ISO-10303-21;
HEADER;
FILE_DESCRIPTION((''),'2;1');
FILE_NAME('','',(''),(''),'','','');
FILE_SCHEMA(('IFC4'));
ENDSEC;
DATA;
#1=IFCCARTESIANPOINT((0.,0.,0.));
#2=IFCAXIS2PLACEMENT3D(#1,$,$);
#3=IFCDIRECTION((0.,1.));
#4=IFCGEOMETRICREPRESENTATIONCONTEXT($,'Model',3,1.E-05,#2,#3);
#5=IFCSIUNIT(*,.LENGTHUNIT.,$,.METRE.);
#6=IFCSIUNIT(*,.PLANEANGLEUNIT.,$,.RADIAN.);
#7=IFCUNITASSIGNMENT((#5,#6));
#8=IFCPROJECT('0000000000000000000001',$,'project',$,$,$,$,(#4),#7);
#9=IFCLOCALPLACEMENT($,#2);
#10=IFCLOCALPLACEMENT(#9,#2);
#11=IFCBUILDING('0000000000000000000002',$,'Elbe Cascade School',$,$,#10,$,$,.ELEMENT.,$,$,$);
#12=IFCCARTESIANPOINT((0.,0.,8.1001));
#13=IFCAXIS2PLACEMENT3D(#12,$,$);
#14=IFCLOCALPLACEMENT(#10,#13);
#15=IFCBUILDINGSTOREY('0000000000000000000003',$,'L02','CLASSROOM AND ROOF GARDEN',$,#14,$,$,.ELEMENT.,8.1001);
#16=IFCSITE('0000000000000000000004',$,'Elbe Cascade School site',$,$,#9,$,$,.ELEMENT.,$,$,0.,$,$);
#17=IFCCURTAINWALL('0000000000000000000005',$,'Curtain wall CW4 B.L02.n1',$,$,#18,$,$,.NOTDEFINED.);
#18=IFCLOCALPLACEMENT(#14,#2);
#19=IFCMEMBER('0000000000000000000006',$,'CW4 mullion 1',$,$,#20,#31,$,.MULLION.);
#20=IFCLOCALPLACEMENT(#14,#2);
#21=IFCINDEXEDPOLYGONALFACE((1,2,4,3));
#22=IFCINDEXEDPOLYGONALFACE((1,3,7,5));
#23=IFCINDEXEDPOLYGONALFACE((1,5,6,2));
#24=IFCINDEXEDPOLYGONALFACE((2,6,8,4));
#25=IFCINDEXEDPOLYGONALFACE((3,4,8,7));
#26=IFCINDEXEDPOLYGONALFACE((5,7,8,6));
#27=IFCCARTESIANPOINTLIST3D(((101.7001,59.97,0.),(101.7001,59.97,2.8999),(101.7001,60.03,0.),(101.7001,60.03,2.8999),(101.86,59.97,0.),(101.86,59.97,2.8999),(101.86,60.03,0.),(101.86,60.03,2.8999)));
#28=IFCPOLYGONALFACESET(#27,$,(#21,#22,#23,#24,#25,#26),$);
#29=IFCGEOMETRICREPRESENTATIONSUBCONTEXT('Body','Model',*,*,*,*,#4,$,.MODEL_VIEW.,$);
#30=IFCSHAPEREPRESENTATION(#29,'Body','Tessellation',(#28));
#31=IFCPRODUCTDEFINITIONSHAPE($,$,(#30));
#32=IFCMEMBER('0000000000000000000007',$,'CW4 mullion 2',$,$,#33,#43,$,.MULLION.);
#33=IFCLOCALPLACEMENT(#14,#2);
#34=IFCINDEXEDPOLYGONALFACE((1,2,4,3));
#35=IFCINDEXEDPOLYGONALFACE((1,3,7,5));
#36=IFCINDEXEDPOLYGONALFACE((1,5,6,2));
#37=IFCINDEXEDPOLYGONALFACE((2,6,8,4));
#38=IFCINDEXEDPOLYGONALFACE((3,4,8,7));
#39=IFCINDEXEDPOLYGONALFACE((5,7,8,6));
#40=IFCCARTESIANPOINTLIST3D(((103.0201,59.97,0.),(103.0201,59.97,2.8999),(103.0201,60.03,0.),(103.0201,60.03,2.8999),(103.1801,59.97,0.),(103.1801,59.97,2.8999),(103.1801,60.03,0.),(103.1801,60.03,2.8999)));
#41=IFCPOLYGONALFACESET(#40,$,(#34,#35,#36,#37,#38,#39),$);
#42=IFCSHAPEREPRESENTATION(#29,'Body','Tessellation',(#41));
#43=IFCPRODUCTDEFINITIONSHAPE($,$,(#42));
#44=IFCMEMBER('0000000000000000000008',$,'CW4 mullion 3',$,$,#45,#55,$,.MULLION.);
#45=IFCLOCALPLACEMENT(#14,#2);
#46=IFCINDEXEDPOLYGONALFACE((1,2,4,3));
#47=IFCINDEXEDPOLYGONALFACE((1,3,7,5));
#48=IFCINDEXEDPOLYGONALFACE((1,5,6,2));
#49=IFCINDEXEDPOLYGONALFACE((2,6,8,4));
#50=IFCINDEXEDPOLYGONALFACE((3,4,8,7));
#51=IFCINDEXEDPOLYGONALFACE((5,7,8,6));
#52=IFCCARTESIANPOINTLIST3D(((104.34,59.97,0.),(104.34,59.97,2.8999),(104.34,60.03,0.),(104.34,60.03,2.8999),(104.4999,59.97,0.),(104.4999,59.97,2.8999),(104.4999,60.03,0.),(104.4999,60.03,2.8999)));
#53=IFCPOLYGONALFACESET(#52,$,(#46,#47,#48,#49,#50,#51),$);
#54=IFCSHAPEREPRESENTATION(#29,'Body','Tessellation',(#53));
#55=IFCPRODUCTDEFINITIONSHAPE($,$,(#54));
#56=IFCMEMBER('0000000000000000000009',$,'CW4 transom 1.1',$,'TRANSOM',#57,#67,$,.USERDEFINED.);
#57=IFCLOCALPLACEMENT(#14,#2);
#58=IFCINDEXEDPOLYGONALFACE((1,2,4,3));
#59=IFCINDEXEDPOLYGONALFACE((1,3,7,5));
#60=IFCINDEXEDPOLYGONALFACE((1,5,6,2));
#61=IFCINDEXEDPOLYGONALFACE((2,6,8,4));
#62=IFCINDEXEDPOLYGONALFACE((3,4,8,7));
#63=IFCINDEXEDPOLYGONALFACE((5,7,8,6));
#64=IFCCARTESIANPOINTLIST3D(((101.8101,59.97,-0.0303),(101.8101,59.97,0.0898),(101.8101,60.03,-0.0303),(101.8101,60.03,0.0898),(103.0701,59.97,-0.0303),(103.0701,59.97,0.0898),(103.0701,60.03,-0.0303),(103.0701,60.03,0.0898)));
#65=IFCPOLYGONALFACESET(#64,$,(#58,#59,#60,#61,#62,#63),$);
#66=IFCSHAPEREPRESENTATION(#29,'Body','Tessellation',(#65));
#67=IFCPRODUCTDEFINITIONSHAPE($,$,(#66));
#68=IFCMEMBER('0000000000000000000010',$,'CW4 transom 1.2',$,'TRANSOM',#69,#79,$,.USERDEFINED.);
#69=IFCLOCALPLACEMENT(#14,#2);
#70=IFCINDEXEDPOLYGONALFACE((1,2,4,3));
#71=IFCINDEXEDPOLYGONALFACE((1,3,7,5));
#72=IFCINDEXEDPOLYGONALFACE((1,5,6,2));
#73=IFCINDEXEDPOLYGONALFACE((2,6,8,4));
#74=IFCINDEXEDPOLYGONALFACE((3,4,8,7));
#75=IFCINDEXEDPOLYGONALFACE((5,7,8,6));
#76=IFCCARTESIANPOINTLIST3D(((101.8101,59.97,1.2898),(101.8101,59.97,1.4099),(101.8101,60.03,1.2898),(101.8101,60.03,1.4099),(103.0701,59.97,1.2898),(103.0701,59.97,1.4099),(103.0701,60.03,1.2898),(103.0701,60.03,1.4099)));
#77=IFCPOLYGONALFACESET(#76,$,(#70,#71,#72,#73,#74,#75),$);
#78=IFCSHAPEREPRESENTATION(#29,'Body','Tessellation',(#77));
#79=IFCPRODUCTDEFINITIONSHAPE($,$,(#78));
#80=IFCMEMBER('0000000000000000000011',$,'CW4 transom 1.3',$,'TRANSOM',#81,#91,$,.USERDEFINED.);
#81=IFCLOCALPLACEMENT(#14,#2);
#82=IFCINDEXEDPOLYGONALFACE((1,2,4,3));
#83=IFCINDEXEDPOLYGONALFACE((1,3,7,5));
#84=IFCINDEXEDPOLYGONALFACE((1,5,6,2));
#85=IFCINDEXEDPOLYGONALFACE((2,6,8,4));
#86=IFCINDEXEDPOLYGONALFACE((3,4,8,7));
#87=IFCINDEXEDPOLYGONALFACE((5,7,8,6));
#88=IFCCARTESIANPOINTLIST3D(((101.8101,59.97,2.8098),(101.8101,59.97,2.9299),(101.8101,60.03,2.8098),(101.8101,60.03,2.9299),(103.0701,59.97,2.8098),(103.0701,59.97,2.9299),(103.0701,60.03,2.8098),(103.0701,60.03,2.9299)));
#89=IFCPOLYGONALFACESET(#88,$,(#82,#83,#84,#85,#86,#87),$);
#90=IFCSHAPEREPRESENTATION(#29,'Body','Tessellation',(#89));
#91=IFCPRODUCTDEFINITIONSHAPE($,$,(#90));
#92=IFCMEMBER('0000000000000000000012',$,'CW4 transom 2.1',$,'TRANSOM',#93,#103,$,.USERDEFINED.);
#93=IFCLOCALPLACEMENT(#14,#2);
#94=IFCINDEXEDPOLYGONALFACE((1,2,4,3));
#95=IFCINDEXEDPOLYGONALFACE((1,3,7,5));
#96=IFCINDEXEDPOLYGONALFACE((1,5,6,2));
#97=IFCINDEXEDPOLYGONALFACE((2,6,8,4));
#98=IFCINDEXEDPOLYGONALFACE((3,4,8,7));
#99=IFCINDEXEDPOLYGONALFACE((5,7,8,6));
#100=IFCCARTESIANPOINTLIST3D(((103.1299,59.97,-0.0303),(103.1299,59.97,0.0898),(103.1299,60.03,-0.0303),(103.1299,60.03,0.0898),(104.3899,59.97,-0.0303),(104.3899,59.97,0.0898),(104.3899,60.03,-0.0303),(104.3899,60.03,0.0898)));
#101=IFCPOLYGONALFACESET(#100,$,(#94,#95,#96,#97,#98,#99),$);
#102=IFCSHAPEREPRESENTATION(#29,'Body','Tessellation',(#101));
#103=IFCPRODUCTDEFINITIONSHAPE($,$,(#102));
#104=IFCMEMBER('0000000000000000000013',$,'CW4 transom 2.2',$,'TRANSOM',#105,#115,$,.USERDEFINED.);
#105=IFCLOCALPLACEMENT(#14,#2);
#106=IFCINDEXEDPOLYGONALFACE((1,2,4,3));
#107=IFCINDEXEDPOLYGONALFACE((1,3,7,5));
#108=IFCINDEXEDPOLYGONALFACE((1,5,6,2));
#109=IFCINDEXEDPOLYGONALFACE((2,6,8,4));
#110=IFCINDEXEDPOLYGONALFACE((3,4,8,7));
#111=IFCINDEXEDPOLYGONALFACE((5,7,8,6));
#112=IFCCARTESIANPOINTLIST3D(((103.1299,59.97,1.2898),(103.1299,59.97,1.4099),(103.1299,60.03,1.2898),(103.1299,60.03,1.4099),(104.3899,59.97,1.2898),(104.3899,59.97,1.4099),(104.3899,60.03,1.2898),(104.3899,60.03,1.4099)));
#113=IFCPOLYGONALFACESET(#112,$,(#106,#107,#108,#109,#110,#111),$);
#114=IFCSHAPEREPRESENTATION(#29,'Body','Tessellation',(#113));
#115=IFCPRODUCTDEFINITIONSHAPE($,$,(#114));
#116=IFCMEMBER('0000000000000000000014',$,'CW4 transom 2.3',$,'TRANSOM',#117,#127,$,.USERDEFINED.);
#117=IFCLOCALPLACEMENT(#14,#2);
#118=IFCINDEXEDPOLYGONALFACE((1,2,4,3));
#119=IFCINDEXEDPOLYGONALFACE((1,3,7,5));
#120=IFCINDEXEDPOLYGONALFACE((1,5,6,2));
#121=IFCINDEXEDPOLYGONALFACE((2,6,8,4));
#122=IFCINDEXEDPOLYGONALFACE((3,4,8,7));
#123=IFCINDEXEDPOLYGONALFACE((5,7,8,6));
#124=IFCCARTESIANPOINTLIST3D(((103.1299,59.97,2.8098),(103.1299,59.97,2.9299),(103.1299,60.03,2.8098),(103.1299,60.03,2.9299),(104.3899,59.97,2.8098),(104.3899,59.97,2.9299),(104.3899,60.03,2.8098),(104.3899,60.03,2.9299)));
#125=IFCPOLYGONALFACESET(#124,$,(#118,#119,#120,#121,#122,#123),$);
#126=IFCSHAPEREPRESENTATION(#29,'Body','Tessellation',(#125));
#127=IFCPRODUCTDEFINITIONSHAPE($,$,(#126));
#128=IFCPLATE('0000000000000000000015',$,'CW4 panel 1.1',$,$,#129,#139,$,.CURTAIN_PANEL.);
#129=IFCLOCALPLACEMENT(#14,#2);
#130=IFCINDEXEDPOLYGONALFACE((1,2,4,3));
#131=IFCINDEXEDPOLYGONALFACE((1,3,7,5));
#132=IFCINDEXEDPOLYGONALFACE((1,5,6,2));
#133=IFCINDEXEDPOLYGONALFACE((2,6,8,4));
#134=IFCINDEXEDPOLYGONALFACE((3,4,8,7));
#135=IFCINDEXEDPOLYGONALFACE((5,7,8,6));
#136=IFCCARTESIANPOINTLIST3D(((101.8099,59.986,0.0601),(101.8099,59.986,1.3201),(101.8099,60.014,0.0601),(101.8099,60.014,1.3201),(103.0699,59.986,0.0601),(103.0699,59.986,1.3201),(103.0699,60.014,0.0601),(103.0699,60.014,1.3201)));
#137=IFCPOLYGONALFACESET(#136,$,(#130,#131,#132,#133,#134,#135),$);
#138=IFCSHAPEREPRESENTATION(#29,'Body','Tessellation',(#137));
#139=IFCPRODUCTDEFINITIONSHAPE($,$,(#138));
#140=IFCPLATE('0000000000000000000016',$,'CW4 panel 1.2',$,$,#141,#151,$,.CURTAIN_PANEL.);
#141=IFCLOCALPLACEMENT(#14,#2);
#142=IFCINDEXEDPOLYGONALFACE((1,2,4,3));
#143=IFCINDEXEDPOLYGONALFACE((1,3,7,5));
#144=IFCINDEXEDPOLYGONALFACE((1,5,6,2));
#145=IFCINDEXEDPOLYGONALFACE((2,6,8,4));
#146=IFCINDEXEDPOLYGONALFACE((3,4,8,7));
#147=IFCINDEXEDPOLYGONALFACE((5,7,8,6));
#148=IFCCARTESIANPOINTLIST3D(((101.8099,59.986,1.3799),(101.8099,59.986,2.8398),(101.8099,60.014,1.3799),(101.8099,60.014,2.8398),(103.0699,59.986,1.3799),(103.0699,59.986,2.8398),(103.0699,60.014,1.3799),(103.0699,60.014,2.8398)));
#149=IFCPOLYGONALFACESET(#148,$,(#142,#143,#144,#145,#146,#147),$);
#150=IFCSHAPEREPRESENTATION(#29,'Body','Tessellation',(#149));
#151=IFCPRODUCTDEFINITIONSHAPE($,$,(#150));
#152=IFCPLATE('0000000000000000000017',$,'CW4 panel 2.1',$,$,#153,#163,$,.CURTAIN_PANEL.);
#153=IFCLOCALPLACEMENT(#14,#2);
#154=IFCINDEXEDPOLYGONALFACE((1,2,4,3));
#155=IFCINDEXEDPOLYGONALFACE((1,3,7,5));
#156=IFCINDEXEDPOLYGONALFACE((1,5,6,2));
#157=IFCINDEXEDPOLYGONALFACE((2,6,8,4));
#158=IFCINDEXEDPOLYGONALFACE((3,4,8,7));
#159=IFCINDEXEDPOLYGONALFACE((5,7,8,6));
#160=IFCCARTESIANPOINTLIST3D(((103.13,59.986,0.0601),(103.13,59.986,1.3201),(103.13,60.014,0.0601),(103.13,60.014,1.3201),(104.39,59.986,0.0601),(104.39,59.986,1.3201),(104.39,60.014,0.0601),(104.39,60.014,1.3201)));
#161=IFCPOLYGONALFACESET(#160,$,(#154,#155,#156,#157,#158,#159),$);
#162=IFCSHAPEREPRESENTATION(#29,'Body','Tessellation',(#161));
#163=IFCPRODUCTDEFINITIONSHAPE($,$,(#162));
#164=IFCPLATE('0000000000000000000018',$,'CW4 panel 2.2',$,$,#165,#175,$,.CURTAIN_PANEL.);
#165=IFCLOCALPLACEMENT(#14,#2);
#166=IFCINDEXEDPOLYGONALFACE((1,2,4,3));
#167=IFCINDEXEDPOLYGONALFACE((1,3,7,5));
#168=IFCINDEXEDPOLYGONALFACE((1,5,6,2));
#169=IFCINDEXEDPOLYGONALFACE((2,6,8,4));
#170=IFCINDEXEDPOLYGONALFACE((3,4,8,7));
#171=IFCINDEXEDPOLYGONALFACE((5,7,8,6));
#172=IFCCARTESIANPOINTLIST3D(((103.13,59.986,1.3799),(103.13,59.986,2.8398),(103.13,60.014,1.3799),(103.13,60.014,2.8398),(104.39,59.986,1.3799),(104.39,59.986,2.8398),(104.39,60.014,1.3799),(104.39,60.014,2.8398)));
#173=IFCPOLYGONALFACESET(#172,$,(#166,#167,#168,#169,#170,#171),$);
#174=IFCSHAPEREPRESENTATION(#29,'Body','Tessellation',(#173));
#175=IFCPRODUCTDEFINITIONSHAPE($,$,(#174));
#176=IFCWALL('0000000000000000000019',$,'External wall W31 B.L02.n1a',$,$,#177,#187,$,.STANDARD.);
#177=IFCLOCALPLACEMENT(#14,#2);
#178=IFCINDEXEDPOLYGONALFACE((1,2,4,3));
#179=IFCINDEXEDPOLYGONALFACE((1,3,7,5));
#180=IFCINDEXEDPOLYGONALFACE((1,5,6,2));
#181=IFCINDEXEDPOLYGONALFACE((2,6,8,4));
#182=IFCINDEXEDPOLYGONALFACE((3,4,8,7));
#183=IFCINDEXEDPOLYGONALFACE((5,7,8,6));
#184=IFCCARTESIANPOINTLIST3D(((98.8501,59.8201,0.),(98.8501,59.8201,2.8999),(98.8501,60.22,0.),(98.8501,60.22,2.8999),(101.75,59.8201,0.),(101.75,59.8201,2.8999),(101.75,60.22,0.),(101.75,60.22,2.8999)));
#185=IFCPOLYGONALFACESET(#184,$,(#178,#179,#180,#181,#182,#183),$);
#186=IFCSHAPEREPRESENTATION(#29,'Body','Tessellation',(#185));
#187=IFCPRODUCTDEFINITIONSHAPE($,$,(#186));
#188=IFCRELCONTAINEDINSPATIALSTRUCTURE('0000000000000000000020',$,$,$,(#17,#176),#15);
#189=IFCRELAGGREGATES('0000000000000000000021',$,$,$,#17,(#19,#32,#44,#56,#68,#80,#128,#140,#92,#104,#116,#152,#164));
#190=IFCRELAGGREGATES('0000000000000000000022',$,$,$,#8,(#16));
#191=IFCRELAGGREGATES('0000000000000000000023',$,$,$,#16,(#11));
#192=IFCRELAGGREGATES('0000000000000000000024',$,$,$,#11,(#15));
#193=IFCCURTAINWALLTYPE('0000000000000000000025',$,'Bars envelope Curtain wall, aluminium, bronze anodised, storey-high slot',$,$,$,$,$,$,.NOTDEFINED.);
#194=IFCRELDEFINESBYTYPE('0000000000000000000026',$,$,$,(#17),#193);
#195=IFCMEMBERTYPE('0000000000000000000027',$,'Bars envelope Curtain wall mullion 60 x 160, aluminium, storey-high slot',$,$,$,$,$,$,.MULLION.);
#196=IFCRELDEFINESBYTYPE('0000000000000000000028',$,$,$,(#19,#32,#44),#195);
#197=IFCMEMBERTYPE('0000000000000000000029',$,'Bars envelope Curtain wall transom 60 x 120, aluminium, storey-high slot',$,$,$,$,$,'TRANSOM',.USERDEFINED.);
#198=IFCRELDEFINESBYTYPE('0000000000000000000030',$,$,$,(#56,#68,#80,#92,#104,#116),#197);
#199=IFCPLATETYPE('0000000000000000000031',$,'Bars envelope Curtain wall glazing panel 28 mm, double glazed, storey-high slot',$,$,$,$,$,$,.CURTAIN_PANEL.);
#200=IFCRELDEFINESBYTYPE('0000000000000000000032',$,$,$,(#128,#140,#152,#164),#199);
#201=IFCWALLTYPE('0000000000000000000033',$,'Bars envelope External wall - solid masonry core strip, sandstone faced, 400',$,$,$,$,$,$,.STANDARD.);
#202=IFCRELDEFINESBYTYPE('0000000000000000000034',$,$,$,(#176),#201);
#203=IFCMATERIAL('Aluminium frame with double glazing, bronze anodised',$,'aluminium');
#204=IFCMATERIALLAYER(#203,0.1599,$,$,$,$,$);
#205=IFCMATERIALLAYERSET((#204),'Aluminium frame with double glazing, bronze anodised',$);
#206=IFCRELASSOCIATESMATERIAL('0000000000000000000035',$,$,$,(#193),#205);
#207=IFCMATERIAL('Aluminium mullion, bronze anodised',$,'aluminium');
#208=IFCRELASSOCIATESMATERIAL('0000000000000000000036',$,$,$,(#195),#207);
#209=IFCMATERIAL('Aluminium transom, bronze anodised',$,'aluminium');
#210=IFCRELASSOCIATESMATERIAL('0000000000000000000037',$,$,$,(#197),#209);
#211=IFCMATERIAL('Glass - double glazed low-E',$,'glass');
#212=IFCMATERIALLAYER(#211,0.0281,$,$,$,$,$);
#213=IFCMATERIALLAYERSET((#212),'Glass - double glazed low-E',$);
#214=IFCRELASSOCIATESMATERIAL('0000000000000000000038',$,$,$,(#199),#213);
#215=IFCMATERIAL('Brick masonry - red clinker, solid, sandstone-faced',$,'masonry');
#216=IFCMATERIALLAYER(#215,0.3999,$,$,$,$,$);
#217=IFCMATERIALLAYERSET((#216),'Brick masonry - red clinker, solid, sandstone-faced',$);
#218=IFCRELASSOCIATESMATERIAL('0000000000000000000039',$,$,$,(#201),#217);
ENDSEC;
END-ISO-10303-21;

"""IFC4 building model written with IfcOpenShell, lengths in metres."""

from ifc_helpers import new_model, si_unit, direction, frame, frame_2d, origin, origin_2d, place, context, subcontext, project, spatial, rectangle, extrude, material, layer, layer_set, material_profile, profile_set, type_object, element, aggregate, save


model = new_model("IFC4")

# Units and contexts
model_context = context("Model", 3, precision=1e-05, world=origin(), true_north=direction((0.0, 1.0)))
body_context = subcontext(model_context, "Body", "Model", "MODEL_VIEW")
ifc_project = project(units=[si_unit("LENGTHUNIT", "METRE"), si_unit("PLANEANGLEUNIT", "RADIAN")], contexts=[model_context])

# Site, building, storey
site_placement = place(None, origin())
site = spatial("IfcSite", under=ifc_project, at=site_placement, Name="Elbe Cascade School site", CompositionType="ELEMENT", RefElevation=0.0)
building_placement = place(site_placement, origin())
building = spatial("IfcBuilding", under=site, at=building_placement, Name="Elbe Cascade School", CompositionType="ELEMENT")
storey_placement = place(building_placement, frame((0.0, 0.0, 8.1001)))
storey = spatial("IfcBuildingStorey", under=building, at=storey_placement, Name="L02", Description="CLASSROOM AND ROOF GARDEN", CompositionType="ELEMENT", Elevation=8.1001)

# Curtain wall, members, plates
ifc_material_1 = material(Name="Aluminium frame with double glazing, bronze anodised", Category="aluminium")
ifc_layer_1 = layer(ifc_material_1, 0.1599)
ifc_layer_set_1 = layer_set([ifc_layer_1], Name="Aluminium frame with double glazing, bronze anodised")
curtain_wall_type = type_object("IfcCurtainWallType", Name="Bars envelope Curtain wall, aluminium, bronze anodised, storey-high slot", PredefinedType="NOTDEFINED", material=ifc_layer_set_1)
curtain_wall_placement = place(storey_placement, origin())
curtain_wall = element("IfcCurtainWall", 1, at=curtain_wall_placement, inside=storey, type_object=curtain_wall_type, Name="Curtain wall CW4 B.L02.n1", PredefinedType="NOTDEFINED")
ifc_material_2 = material(Name="Aluminium mullion, bronze anodised", Category="aluminium")
ifc_material_profile_1 = material_profile(ifc_material_2, rectangle(XDim=0.0601, YDim=0.1599, at=origin_2d()), Name="Bars envelope Curtain wall mullion 60 x 160, aluminium, storey-high slot")
ifc_profile_set_1 = profile_set([ifc_material_profile_1], Name="Aluminium mullion, bronze anodised")
member_type_1 = type_object("IfcMemberType", Name="Bars envelope Curtain wall mullion 60 x 160, aluminium, storey-high slot", PredefinedType="MULLION", material=ifc_profile_set_1)
member_1_placement = place(storey_placement, frame((101.78, 60.0, 0.0), z_axis=(0.0, 0.0, 1.0), x_axis=(0.0, 1.0, 0.0)))
member_1 = element("IfcMember", 2, at=member_1_placement, type_object=member_type_1, Name="CW4 mullion 1", PredefinedType="MULLION", context=body_context, shape_type="SweptSolid", body=[
    extrude(rectangle(XDim=0.0601, YDim=0.1599, at=origin_2d()), origin(), (0.0, 0.0, 1.0), 2.8999),
])
member_2_placement = place(storey_placement, frame((103.1001, 60.0, 0.0), z_axis=(0.0, 0.0, 1.0), x_axis=(0.0, 1.0, 0.0)))
member_2 = element("IfcMember", 3, at=member_2_placement, type_object=member_type_1, Name="CW4 mullion 2", PredefinedType="MULLION", context=body_context, shape_type="SweptSolid", body=[
    extrude(rectangle(XDim=0.0601, YDim=0.1599, at=origin_2d()), origin(), (0.0, 0.0, 1.0), 2.8999),
])
member_3_placement = place(storey_placement, frame((104.4199, 60.0, 0.0), z_axis=(0.0, 0.0, 1.0), x_axis=(0.0, 1.0, 0.0)))
member_3 = element("IfcMember", 4, at=member_3_placement, type_object=member_type_1, Name="CW4 mullion 3", PredefinedType="MULLION", context=body_context, shape_type="SweptSolid", body=[
    extrude(rectangle(XDim=0.0601, YDim=0.1599, at=origin_2d()), origin(), (0.0, 0.0, 1.0), 2.8999),
])
ifc_material_3 = material(Name="Aluminium transom, bronze anodised", Category="aluminium")
ifc_material_profile_2 = material_profile(ifc_material_3, rectangle(XDim=0.0601, YDim=0.1201, at=origin_2d()), Name="Bars envelope Curtain wall transom 60 x 120, aluminium, storey-high slot")
ifc_profile_set_2 = profile_set([ifc_material_profile_2], Name="Aluminium transom, bronze anodised")
member_type_2 = type_object("IfcMemberType", Name="Bars envelope Curtain wall transom 60 x 120, aluminium, storey-high slot", ElementType="TRANSOM", PredefinedType="USERDEFINED", material=ifc_profile_set_2)
member_4_placement = place(storey_placement, frame((101.8101, 60.0, 0.0298), z_axis=(1.0, 0.0, 0.0), x_axis=(0.0, 1.0, 0.0)))
member_4 = element("IfcMember", 5, at=member_4_placement, type_object=member_type_2, Name="CW4 transom 1.1", ObjectType="TRANSOM", PredefinedType="USERDEFINED", context=body_context, shape_type="SweptSolid", body=[
    extrude(rectangle(XDim=0.0601, YDim=0.1201, at=origin_2d()), origin(), (0.0, 0.0, 1.0), 1.26),
])
member_5_placement = place(storey_placement, frame((101.8101, 60.0, 1.3499), z_axis=(1.0, 0.0, 0.0), x_axis=(0.0, 1.0, 0.0)))
member_5 = element("IfcMember", 6, at=member_5_placement, type_object=member_type_2, Name="CW4 transom 1.2", ObjectType="TRANSOM", PredefinedType="USERDEFINED", context=body_context, shape_type="SweptSolid", body=[
    extrude(rectangle(XDim=0.0601, YDim=0.1201, at=origin_2d()), origin(), (0.0, 0.0, 1.0), 1.26),
])
member_6_placement = place(storey_placement, frame((101.8101, 60.0, 2.8699), z_axis=(1.0, 0.0, 0.0), x_axis=(0.0, 1.0, 0.0)))
member_6 = element("IfcMember", 7, at=member_6_placement, type_object=member_type_2, Name="CW4 transom 1.3", ObjectType="TRANSOM", PredefinedType="USERDEFINED", context=body_context, shape_type="SweptSolid", body=[
    extrude(rectangle(XDim=0.0601, YDim=0.1201, at=origin_2d()), origin(), (0.0, 0.0, 1.0), 1.26),
])
member_7_placement = place(storey_placement, frame((103.1299, 60.0, 0.0298), z_axis=(1.0, 0.0, 0.0), x_axis=(0.0, 1.0, 0.0)))
member_7 = element("IfcMember", 8, at=member_7_placement, type_object=member_type_2, Name="CW4 transom 2.1", ObjectType="TRANSOM", PredefinedType="USERDEFINED", context=body_context, shape_type="SweptSolid", body=[
    extrude(rectangle(XDim=0.0601, YDim=0.1201, at=origin_2d()), origin(), (0.0, 0.0, 1.0), 1.26),
])
member_8_placement = place(storey_placement, frame((103.1299, 60.0, 1.3499), z_axis=(1.0, 0.0, 0.0), x_axis=(0.0, 1.0, 0.0)))
member_8 = element("IfcMember", 9, at=member_8_placement, type_object=member_type_2, Name="CW4 transom 2.2", ObjectType="TRANSOM", PredefinedType="USERDEFINED", context=body_context, shape_type="SweptSolid", body=[
    extrude(rectangle(XDim=0.0601, YDim=0.1201, at=origin_2d()), origin(), (0.0, 0.0, 1.0), 1.26),
])
member_9_placement = place(storey_placement, frame((103.1299, 60.0, 2.8699), z_axis=(1.0, 0.0, 0.0), x_axis=(0.0, 1.0, 0.0)))
member_9 = element("IfcMember", 10, at=member_9_placement, type_object=member_type_2, Name="CW4 transom 2.3", ObjectType="TRANSOM", PredefinedType="USERDEFINED", context=body_context, shape_type="SweptSolid", body=[
    extrude(rectangle(XDim=0.0601, YDim=0.1201, at=origin_2d()), origin(), (0.0, 0.0, 1.0), 1.26),
])
ifc_material_4 = material(Name="Glass - double glazed low-E", Category="glass")
ifc_layer_2 = layer(ifc_material_4, 0.0281)
ifc_layer_set_2 = layer_set([ifc_layer_2], Name="Glass - double glazed low-E")
plate_type = type_object("IfcPlateType", Name="Bars envelope Curtain wall glazing panel 28 mm, double glazed, storey-high slot", PredefinedType="CURTAIN_PANEL", material=ifc_layer_set_2)
plate_1_placement = place(storey_placement, frame((102.4399, 60.0, 0.0601), z_axis=(0.0, 0.0, 1.0), x_axis=(1.0, 0.0, 0.0)))
plate_1 = element("IfcPlate", 11, at=plate_1_placement, type_object=plate_type, Name="CW4 panel 1.1", PredefinedType="CURTAIN_PANEL", context=body_context, shape_type="SweptSolid", body=[
    extrude(rectangle(XDim=1.26, YDim=0.0281, at=origin_2d()), origin(), (0.0, 0.0, 1.0), 1.26),
])
plate_2_placement = place(storey_placement, frame((102.4399, 60.0, 1.3799), z_axis=(0.0, 0.0, 1.0), x_axis=(1.0, 0.0, 0.0)))
plate_2 = element("IfcPlate", 12, at=plate_2_placement, type_object=plate_type, Name="CW4 panel 1.2", PredefinedType="CURTAIN_PANEL", context=body_context, shape_type="SweptSolid", body=[
    extrude(rectangle(XDim=1.26, YDim=0.0281, at=origin_2d()), origin(), (0.0, 0.0, 1.0), 1.46),
])
plate_3_placement = place(storey_placement, frame((103.76, 60.0, 0.0601), z_axis=(0.0, 0.0, 1.0), x_axis=(1.0, 0.0, 0.0)))
plate_3 = element("IfcPlate", 13, at=plate_3_placement, type_object=plate_type, Name="CW4 panel 2.1", PredefinedType="CURTAIN_PANEL", context=body_context, shape_type="SweptSolid", body=[
    extrude(rectangle(XDim=1.26, YDim=0.0281, at=origin_2d()), origin(), (0.0, 0.0, 1.0), 1.26),
])
plate_4_placement = place(storey_placement, frame((103.76, 60.0, 1.3799), z_axis=(0.0, 0.0, 1.0), x_axis=(1.0, 0.0, 0.0)))
plate_4 = element("IfcPlate", 14, at=plate_4_placement, type_object=plate_type, Name="CW4 panel 2.2", PredefinedType="CURTAIN_PANEL", context=body_context, shape_type="SweptSolid", body=[
    extrude(rectangle(XDim=1.26, YDim=0.0281, at=origin_2d()), origin(), (0.0, 0.0, 1.0), 1.46),
])
aggregate(curtain_wall, [member_1, member_2, member_3, member_4, member_5, member_6, plate_1, plate_2, member_7, member_8, member_9, plate_3, plate_4])

# Wall
ifc_material_5 = material(Name="Brick masonry - red clinker, solid, sandstone-faced", Category="masonry")
ifc_layer_3 = layer(ifc_material_5, 0.3999)
ifc_layer_set_3 = layer_set([ifc_layer_3], Name="Brick masonry - red clinker, solid, sandstone-faced")
wall_type = type_object("IfcWallType", Name="Bars envelope External wall - solid masonry core strip, sandstone faced, 400", PredefinedType="STANDARD", material=ifc_layer_set_3)
wall_placement = place(storey_placement, frame((98.8501, 60.02, 0.0), z_axis=(0.0, 0.0, 1.0), x_axis=(1.0, 0.0, 0.0)))
element("IfcWall", 15, at=wall_placement, inside=storey, type_object=wall_type, Name="External wall W31 B.L02.n1a", PredefinedType="STANDARD", context=body_context, shape_type="SweptSolid", body=[
    extrude(rectangle(XDim=2.8999, YDim=0.3999, at=frame_2d((1.45, 0.0))), origin(), (0.0, 0.0, 1.0), 2.8999),
])

save(model, "model.ifc")
